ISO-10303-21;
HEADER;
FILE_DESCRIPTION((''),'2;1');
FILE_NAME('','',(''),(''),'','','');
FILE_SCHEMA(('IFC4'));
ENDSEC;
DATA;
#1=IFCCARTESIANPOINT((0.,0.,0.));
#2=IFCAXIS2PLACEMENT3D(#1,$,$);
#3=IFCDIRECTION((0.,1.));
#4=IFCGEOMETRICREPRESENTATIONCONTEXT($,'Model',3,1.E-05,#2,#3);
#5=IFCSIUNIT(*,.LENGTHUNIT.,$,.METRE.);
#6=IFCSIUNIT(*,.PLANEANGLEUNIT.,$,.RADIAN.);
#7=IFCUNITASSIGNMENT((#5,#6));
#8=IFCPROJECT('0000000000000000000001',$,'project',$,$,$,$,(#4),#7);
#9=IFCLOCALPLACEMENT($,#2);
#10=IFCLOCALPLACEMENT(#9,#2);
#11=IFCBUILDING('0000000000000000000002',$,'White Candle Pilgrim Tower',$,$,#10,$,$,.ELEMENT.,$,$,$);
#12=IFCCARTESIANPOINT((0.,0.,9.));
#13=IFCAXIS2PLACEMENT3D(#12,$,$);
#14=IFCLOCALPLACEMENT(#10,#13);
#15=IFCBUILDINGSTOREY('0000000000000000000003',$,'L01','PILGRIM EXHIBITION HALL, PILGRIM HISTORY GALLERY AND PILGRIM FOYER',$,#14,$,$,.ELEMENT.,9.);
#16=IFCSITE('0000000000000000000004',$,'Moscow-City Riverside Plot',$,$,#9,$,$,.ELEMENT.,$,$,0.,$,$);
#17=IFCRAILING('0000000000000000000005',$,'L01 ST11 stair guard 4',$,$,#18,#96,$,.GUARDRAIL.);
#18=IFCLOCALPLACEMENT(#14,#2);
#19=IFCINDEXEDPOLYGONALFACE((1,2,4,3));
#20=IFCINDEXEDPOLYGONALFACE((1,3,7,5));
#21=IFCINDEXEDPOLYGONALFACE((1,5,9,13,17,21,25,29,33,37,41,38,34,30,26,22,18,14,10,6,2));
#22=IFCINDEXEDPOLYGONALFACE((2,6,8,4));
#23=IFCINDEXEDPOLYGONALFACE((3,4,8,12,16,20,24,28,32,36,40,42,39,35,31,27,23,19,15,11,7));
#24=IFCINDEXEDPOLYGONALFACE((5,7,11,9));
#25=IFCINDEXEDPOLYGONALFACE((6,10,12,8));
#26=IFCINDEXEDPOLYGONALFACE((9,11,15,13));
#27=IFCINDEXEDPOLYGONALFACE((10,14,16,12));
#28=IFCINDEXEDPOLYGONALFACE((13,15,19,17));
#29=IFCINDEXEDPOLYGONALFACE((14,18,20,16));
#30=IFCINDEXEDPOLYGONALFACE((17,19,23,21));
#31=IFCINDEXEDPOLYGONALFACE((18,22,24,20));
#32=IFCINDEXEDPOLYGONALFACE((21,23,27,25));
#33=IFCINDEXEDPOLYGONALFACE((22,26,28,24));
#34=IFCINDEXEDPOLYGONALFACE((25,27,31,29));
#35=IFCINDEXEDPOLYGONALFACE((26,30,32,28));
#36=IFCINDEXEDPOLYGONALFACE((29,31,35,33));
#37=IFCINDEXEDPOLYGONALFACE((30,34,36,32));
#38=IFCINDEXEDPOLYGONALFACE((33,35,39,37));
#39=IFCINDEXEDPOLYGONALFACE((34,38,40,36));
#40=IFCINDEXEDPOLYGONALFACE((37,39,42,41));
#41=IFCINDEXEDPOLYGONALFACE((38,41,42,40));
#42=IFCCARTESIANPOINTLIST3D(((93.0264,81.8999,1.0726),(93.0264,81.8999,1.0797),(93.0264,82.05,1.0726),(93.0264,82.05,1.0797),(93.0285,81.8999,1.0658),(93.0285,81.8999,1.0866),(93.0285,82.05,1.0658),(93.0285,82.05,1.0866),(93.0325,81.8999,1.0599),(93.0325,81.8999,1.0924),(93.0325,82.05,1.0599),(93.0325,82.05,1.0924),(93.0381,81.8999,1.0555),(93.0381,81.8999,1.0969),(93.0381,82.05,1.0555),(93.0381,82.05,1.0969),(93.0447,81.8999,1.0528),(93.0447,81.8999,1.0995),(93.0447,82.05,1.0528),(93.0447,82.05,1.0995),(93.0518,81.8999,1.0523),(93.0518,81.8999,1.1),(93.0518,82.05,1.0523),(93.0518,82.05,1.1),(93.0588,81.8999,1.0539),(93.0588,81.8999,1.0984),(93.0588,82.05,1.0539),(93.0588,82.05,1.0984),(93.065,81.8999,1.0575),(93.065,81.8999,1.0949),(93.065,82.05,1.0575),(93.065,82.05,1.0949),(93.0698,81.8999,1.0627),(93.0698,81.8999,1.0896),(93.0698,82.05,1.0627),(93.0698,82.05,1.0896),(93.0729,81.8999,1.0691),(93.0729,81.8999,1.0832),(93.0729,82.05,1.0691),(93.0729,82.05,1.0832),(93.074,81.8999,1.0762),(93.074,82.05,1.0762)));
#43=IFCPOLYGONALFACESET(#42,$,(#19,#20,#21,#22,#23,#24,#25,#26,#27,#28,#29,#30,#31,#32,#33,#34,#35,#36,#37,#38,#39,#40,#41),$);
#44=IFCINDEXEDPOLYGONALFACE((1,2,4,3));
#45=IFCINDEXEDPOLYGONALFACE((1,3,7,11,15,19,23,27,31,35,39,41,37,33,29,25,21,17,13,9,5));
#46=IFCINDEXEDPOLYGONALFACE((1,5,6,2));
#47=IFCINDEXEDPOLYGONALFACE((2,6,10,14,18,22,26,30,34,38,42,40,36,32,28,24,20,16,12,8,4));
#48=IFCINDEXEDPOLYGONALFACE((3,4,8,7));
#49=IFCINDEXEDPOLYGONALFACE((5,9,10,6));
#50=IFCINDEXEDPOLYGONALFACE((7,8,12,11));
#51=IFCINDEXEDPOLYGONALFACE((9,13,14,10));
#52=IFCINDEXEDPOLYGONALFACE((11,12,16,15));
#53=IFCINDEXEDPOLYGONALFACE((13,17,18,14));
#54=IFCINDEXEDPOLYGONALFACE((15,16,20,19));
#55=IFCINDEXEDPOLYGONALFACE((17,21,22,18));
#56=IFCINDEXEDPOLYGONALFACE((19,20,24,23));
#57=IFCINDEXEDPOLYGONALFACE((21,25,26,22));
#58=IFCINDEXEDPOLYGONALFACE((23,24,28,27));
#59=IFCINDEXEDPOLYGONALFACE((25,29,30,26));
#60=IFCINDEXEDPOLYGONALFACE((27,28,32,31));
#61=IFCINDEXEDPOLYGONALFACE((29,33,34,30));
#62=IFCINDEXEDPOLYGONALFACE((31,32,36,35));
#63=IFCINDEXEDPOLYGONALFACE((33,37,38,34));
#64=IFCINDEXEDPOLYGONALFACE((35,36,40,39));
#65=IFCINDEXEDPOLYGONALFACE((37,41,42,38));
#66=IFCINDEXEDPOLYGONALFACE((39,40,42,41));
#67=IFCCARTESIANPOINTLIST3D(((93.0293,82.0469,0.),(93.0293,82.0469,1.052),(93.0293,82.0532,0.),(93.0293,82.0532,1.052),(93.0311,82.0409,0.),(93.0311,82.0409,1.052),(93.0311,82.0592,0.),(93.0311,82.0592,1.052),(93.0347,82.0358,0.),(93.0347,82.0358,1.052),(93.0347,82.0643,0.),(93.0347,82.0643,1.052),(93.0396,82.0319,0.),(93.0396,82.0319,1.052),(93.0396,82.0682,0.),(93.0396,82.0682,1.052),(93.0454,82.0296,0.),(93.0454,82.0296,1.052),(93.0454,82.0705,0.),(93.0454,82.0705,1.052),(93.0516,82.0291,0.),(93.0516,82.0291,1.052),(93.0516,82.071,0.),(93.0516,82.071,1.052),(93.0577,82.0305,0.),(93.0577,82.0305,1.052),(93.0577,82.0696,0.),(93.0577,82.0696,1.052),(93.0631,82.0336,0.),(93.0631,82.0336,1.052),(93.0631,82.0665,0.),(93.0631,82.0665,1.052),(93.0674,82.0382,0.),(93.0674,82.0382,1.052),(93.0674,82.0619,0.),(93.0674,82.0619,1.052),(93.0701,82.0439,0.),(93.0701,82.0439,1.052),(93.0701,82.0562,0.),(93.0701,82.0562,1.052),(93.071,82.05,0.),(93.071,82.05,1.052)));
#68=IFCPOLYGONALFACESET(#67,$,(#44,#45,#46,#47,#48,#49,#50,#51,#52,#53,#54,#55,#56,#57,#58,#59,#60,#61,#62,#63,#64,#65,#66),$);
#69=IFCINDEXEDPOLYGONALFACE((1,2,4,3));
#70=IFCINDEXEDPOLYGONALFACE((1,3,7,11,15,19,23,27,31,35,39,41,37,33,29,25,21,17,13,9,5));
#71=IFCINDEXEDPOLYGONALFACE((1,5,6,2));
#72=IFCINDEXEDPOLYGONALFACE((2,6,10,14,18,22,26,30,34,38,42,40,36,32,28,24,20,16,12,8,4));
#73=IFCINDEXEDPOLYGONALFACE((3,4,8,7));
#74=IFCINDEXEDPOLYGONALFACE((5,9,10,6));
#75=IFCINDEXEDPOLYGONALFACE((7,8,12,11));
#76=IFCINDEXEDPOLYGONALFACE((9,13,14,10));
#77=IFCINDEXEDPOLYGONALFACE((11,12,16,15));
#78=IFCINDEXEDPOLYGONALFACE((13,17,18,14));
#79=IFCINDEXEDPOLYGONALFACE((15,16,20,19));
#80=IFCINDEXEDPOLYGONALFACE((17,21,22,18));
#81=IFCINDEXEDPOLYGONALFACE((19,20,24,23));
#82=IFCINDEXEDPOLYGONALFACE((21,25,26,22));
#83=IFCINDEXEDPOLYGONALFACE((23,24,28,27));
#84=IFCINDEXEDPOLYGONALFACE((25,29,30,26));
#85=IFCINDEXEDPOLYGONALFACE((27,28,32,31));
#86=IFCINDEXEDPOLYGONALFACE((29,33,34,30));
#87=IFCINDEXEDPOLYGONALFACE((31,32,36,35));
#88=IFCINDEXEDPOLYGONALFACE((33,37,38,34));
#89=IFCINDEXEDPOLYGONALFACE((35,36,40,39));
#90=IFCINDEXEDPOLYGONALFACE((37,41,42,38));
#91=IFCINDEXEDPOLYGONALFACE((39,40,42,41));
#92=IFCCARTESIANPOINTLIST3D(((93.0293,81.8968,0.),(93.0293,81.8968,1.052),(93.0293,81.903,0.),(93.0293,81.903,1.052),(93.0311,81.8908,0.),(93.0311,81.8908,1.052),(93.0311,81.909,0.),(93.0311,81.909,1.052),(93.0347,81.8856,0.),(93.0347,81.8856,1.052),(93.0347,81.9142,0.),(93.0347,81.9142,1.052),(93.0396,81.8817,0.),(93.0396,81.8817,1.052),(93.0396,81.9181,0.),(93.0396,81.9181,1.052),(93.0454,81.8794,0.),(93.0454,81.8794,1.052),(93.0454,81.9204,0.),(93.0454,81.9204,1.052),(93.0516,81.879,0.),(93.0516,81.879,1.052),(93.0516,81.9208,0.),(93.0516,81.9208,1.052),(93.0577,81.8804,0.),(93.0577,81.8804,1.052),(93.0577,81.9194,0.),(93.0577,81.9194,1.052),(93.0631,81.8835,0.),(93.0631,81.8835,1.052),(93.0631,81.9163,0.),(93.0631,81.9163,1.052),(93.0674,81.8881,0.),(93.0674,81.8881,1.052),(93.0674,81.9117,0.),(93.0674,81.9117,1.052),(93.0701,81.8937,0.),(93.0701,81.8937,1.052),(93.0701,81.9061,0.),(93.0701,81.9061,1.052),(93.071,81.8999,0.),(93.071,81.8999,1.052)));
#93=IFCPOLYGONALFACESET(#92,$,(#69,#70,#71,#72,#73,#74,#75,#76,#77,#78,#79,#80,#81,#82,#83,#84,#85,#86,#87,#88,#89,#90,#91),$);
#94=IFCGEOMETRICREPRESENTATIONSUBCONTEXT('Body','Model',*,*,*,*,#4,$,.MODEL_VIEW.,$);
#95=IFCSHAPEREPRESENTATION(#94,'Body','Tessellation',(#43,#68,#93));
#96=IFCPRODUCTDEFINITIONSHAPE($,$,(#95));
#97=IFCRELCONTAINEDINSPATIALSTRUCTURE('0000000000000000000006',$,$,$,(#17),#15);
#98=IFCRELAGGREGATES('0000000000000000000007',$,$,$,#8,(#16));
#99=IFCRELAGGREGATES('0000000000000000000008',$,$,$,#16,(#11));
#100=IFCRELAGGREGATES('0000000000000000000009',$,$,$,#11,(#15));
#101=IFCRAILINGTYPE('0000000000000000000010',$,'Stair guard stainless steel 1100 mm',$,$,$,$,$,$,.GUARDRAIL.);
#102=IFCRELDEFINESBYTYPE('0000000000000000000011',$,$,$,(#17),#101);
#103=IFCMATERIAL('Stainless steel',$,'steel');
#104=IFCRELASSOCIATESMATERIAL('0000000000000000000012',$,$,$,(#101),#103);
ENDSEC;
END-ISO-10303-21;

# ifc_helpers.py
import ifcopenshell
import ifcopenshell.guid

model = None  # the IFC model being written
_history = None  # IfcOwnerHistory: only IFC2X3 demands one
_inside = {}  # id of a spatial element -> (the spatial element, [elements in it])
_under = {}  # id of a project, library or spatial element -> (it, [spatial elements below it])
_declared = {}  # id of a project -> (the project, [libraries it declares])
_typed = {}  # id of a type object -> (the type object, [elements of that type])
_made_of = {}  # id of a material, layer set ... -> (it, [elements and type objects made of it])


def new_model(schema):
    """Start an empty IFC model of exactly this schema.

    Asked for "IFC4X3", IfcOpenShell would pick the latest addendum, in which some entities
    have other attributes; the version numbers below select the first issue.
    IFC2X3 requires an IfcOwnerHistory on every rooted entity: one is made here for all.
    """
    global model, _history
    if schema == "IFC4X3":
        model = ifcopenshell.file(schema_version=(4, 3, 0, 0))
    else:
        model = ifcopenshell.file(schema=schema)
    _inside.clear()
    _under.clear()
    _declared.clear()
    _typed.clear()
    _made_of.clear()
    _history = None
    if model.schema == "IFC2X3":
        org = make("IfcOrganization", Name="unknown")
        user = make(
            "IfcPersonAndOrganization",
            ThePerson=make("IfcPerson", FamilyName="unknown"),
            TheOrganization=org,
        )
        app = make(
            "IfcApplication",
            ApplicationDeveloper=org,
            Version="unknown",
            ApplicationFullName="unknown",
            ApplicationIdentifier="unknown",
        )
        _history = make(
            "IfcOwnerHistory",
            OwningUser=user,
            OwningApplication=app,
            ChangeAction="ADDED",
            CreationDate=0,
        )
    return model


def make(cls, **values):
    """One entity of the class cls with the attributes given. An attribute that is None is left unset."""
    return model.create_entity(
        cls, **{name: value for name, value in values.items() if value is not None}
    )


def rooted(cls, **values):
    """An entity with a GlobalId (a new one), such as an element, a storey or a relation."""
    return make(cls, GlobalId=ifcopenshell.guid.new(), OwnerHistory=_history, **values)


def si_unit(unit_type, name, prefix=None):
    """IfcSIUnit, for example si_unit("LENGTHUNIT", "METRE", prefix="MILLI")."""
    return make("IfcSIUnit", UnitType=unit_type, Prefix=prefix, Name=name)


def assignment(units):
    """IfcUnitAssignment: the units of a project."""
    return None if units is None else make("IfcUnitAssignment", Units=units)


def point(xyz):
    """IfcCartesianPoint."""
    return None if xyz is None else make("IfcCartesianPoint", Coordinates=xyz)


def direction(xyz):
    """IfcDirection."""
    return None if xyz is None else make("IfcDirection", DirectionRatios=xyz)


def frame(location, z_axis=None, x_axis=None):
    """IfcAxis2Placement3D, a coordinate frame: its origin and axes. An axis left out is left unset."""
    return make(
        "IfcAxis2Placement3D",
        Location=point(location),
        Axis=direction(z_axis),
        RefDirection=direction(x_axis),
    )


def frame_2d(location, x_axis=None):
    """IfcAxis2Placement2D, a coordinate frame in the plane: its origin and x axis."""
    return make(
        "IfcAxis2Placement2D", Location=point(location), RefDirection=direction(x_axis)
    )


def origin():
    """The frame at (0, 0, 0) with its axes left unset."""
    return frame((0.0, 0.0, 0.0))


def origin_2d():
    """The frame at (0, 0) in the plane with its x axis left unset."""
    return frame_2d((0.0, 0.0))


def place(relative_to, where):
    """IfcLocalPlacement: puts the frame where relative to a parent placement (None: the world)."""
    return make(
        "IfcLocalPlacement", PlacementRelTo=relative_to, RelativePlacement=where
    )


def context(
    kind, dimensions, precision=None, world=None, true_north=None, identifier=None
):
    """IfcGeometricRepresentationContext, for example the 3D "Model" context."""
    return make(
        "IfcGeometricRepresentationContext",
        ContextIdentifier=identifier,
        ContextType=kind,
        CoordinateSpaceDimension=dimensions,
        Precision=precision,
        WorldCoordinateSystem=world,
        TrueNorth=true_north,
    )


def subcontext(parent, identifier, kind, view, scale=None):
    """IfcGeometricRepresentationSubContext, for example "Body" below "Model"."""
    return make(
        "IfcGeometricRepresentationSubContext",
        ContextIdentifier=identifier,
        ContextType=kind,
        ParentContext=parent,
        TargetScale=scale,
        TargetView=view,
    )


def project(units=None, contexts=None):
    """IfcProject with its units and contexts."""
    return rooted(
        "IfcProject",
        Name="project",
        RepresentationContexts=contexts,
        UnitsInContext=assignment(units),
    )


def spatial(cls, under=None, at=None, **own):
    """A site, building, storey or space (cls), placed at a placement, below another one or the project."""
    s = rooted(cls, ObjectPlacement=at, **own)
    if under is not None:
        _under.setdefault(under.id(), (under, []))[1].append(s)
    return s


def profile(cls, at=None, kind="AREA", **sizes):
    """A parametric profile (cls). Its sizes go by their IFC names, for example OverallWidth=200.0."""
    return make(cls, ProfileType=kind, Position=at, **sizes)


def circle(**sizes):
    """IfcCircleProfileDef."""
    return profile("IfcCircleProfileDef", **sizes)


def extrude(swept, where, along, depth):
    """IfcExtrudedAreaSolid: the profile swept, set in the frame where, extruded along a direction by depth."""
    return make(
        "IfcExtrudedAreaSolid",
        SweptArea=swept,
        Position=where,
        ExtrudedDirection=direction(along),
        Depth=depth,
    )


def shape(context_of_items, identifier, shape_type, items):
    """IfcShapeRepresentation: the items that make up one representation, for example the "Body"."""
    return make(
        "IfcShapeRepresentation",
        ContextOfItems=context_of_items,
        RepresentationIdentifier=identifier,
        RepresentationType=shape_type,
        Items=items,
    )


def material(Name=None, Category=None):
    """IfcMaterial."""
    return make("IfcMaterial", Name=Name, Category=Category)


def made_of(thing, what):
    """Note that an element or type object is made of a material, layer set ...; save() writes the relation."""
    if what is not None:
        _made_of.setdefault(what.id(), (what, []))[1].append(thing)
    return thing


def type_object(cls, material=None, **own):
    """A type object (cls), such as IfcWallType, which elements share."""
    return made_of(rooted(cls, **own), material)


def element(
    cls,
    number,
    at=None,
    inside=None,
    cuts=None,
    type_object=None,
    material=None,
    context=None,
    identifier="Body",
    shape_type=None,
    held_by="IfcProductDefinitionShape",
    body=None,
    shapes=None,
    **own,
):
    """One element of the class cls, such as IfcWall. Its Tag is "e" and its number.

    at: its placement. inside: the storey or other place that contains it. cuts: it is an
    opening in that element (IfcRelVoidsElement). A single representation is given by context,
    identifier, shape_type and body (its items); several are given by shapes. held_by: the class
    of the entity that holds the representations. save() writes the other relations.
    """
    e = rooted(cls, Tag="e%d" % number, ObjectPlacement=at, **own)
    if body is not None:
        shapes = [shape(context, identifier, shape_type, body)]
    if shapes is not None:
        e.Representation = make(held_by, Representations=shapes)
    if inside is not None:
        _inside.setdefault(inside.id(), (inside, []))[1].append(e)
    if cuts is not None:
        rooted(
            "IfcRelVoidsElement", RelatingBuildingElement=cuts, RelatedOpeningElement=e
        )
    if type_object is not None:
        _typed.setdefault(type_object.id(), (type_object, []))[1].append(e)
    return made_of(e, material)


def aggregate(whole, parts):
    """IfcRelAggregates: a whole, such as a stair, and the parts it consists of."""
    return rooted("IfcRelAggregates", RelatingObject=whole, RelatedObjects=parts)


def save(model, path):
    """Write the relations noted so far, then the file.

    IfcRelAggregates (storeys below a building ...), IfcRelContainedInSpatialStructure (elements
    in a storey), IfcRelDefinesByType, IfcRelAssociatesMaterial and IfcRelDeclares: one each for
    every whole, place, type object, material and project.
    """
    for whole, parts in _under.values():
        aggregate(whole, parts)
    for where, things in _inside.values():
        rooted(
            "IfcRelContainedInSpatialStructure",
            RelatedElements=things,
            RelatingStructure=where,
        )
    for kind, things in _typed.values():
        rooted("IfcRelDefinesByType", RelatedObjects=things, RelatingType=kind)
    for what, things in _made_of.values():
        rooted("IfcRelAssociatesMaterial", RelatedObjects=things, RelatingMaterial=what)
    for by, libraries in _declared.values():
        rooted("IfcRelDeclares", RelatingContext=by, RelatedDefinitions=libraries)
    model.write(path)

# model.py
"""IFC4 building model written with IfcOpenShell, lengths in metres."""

from ifc_helpers import new_model, si_unit, direction, frame, origin, origin_2d, place, context, subcontext, project, spatial, circle, extrude, material, type_object, element, save


model = new_model("IFC4")

# Units and contexts
model_context = context("Model", 3, precision=1e-05, world=origin(), true_north=direction((0.0, 1.0)))
body_context = subcontext(model_context, "Body", "Model", "MODEL_VIEW")
ifc_project = project(units=[si_unit("LENGTHUNIT", "METRE"), si_unit("PLANEANGLEUNIT", "RADIAN")], contexts=[model_context])

# Site, building, storey
site_placement = place(None, origin())
site = spatial("IfcSite", under=ifc_project, at=site_placement, Name="Moscow-City Riverside Plot", CompositionType="ELEMENT", RefElevation=0.0)
building_placement = place(site_placement, origin())
building = spatial("IfcBuilding", under=site, at=building_placement, Name="White Candle Pilgrim Tower", CompositionType="ELEMENT")
storey_placement = place(building_placement, frame((0.0, 0.0, 9.0)))
storey = spatial("IfcBuildingStorey", under=building, at=storey_placement, Name="L01", Description="PILGRIM EXHIBITION HALL, PILGRIM HISTORY GALLERY AND PILGRIM FOYER", CompositionType="ELEMENT", Elevation=9.0)

# Railing
ifc_material_1 = material(Name="Stainless steel", Category="steel")
railing_type_1 = type_object("IfcRailingType", Name="Stair guard stainless steel 1100 mm", PredefinedType="GUARDRAIL", material=ifc_material_1)
railing_1_placement = place(storey_placement, frame((93.05, 82.05, 0.0)))
element("IfcRailing", 1, at=railing_1_placement, inside=storey, type_object=railing_type_1, Name="L01 ST11 stair guard 4", PredefinedType="GUARDRAIL", context=body_context, shape_type="SweptSolid", body=[
    extrude(circle(Radius=0.0239, at=origin_2d()), frame((0.0, 0.0, 1.0762), z_axis=(0.0, -1.0, 0.0), x_axis=(1.0, 0.0, 0.0)), (0.0, 0.0, 1.0), 0.1501),
    extrude(circle(Radius=0.021, at=origin_2d()), origin(), (0.0, 0.0, 1.0), 1.052),
    extrude(circle(Radius=0.021, at=origin_2d()), frame((0.0, -0.1501, 0.0)), (0.0, 0.0, 1.0), 1.052),
])

save(model, "model.ifc")
